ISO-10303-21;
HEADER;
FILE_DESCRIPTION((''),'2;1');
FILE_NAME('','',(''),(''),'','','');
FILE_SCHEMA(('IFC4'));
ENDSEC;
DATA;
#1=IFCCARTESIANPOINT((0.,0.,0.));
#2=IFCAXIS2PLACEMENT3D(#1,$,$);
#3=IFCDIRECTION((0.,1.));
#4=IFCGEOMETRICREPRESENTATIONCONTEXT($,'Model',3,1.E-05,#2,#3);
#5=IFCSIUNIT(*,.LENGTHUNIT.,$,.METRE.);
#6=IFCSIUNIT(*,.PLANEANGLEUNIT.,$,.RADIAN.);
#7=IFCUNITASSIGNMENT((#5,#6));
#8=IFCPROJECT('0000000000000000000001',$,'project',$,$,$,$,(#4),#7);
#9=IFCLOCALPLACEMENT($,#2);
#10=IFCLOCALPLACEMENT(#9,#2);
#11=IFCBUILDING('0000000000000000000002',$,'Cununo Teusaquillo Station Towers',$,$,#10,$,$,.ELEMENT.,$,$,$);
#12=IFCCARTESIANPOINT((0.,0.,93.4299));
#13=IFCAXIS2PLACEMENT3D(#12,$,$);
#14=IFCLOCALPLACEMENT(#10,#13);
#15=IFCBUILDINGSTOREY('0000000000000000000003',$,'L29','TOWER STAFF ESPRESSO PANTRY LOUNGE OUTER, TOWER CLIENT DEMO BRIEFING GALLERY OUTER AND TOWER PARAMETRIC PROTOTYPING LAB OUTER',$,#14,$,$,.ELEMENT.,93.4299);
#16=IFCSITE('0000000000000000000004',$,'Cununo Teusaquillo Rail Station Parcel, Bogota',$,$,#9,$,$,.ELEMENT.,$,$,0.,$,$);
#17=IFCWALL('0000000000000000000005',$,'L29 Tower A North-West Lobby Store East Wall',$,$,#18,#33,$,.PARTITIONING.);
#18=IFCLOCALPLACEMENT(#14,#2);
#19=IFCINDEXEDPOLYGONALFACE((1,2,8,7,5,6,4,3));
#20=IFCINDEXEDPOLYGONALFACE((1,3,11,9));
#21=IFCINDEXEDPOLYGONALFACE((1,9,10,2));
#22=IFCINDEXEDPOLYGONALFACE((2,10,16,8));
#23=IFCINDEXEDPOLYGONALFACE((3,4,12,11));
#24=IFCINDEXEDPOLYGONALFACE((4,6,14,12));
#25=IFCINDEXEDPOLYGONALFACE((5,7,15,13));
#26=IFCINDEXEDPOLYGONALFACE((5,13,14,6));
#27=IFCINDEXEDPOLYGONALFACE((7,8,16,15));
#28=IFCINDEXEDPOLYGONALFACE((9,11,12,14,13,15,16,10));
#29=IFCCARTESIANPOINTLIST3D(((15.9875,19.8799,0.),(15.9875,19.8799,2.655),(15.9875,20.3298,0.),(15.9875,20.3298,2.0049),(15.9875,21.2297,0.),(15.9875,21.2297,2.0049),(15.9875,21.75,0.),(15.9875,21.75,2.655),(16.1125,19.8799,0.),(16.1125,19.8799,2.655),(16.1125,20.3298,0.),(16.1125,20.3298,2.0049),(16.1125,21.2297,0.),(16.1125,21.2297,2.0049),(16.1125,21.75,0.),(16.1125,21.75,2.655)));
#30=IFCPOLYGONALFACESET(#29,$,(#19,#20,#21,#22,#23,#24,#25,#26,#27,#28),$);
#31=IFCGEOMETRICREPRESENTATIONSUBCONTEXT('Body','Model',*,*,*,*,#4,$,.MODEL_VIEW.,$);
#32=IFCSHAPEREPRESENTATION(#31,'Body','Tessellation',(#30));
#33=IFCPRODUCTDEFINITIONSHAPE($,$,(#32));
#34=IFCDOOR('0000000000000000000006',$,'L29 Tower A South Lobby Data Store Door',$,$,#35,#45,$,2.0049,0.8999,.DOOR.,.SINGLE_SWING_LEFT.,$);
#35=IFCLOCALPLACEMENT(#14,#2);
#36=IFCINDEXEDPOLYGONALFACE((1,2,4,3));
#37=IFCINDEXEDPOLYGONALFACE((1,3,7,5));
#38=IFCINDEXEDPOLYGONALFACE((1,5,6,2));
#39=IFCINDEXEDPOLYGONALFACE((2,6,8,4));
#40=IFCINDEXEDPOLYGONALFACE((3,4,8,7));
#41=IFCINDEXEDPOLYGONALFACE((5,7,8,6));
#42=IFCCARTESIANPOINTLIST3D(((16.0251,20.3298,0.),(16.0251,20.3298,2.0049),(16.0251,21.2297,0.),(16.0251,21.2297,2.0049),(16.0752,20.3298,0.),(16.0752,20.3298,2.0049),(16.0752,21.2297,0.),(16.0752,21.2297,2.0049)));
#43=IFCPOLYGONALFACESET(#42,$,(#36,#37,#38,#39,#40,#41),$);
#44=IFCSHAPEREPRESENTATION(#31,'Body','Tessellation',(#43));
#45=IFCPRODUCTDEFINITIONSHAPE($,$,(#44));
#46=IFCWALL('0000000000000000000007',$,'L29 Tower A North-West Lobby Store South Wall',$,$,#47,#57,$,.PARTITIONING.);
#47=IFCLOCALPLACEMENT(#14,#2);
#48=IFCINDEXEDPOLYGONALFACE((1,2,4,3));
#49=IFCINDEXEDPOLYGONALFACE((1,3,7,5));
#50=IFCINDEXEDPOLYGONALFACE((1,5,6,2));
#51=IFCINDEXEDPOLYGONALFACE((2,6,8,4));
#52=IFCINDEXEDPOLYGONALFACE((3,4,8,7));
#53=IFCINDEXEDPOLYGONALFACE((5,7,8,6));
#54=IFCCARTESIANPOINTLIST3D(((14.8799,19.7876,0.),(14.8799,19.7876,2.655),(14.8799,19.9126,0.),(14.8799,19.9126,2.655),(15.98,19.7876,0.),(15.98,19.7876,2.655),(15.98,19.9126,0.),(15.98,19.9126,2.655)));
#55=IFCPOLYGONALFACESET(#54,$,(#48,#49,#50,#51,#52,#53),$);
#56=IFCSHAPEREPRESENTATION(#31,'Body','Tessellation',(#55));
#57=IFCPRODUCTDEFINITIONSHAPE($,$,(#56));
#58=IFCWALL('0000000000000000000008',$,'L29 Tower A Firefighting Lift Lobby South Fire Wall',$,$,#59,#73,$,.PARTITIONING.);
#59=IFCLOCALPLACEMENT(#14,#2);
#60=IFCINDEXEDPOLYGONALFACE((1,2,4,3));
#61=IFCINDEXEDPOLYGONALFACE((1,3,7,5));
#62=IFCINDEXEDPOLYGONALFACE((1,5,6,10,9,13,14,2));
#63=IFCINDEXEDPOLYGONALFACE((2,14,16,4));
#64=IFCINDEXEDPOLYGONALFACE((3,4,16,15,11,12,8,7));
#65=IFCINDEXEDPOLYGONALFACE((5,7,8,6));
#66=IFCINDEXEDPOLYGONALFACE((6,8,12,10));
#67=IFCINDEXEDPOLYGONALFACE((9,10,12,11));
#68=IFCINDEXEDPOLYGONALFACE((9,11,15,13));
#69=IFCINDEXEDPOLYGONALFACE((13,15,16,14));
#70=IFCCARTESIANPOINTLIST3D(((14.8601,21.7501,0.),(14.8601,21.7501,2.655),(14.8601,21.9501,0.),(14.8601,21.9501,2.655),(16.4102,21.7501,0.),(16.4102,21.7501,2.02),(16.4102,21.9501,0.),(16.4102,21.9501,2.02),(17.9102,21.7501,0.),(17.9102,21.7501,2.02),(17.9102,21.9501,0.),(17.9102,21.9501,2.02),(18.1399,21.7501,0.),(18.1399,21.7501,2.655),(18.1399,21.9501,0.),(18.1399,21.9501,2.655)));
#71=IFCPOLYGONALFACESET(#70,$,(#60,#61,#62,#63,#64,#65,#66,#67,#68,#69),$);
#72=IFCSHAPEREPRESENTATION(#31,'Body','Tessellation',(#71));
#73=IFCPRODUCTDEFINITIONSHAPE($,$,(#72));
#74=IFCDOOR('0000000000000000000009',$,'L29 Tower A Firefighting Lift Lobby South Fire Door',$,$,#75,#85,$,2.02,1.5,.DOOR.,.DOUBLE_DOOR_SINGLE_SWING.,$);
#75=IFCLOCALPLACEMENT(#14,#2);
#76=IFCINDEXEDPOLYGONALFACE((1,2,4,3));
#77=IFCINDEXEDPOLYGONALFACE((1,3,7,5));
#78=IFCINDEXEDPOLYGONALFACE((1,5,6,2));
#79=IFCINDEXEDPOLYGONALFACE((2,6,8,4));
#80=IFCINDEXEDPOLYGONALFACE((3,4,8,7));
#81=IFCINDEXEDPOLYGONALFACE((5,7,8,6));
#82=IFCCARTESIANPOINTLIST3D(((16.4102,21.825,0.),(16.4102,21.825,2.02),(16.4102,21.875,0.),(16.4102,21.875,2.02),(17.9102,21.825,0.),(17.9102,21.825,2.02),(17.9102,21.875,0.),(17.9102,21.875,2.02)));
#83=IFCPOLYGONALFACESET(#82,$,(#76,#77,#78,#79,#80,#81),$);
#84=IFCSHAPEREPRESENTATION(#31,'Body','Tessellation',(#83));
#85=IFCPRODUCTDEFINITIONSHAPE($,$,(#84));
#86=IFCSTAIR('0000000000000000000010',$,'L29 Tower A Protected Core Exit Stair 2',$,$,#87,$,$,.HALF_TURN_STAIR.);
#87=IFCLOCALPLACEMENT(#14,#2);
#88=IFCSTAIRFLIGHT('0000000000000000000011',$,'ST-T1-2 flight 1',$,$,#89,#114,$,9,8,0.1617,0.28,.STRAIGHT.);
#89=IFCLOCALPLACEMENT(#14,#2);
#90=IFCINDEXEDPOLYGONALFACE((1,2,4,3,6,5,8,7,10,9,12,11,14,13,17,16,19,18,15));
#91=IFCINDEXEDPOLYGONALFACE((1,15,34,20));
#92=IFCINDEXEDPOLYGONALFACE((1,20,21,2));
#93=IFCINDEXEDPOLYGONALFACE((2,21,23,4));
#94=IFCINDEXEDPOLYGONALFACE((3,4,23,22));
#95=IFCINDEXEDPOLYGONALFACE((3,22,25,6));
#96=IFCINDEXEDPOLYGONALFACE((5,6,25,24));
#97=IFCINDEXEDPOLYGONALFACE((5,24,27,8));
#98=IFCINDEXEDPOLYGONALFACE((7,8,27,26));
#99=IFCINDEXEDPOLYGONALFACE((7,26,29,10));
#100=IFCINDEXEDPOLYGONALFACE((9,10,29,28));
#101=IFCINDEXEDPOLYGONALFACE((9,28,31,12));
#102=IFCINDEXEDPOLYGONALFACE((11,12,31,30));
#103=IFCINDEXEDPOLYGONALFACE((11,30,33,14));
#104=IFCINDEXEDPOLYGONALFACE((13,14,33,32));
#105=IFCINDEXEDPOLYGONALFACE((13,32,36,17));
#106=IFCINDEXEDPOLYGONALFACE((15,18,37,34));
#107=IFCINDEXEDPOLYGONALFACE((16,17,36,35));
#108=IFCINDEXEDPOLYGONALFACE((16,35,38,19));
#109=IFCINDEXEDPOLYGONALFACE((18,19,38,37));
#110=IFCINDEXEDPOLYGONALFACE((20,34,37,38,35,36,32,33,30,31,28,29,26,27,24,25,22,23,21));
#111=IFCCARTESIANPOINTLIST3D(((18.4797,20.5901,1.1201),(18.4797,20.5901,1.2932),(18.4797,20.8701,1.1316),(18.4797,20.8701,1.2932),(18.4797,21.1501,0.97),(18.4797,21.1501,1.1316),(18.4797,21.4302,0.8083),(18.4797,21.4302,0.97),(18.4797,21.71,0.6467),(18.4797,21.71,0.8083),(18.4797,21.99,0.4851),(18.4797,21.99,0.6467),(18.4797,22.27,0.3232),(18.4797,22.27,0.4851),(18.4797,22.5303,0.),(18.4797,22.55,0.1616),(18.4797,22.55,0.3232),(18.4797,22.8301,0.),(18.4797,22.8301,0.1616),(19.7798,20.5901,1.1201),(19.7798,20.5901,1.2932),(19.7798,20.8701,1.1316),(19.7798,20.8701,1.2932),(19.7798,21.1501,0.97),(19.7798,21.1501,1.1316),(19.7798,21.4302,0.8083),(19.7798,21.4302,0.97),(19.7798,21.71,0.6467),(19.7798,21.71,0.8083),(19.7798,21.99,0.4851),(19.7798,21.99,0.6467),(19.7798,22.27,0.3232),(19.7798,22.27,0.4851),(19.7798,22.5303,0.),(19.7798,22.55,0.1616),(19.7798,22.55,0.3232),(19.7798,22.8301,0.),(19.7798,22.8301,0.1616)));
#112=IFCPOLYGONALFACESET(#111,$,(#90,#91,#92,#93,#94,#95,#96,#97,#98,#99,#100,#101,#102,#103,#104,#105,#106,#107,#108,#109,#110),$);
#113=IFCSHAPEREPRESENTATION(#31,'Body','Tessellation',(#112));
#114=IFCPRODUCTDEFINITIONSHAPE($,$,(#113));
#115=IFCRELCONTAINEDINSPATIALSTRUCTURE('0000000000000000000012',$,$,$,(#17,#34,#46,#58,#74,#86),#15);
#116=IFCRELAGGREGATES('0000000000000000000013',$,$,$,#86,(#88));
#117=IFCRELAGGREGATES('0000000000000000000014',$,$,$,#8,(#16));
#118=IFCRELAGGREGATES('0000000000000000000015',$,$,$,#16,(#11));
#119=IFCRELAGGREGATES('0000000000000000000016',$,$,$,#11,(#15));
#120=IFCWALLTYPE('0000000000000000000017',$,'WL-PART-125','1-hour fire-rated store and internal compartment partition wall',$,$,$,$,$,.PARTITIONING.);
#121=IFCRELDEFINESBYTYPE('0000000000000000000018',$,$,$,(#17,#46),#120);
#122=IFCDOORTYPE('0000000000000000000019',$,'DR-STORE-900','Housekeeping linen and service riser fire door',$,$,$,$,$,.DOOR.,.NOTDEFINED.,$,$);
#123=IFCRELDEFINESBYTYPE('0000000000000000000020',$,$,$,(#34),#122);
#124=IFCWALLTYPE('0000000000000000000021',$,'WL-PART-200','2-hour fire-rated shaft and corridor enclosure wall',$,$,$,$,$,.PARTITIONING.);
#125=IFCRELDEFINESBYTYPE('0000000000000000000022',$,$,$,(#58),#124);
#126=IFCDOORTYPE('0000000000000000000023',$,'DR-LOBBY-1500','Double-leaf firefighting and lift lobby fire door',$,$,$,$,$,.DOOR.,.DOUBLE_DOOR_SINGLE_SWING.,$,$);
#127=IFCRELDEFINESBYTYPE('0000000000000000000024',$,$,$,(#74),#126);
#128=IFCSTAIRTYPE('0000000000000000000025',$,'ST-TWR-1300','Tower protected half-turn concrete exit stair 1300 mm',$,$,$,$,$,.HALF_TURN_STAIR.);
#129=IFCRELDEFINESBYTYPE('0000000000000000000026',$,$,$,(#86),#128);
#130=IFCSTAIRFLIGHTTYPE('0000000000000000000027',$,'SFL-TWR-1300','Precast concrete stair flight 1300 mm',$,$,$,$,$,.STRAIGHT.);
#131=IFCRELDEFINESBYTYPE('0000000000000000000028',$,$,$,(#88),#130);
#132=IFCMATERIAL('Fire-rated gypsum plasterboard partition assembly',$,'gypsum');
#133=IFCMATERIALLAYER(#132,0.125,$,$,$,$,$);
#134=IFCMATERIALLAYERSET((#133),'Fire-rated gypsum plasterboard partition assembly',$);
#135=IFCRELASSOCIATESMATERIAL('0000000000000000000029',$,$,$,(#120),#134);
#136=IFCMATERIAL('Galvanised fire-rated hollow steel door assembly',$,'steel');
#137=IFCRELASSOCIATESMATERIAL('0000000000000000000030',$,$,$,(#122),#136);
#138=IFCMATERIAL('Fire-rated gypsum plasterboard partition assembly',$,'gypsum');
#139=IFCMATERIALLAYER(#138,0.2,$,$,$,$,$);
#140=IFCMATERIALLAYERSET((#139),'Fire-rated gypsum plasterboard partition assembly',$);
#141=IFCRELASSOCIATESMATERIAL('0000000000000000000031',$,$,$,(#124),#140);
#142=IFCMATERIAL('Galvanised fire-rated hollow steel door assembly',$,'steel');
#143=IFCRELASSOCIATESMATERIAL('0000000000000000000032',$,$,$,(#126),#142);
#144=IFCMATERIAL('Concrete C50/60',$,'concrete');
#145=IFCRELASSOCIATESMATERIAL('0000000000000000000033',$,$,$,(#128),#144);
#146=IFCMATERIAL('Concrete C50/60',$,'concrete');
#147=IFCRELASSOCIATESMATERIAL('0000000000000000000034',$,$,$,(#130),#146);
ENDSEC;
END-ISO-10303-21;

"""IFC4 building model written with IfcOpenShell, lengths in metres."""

from ifc_helpers import new_model, si_unit, direction, frame, frame_2d, origin, place, context, subcontext, project, spatial, polyline, rectangle, outline, extrude, source, transform, mapped, material, layer, layer_set, type_object, element, fill, aggregate, save


model = new_model("IFC4")

# Units and contexts
model_context = context("Model", 3, precision=1e-05, world=origin(), true_north=direction((0.0, 1.0)))
body_context = subcontext(model_context, "Body", "Model", "MODEL_VIEW")
ifc_project = project(units=[si_unit("LENGTHUNIT", "METRE"), si_unit("PLANEANGLEUNIT", "RADIAN")], contexts=[model_context])

# Site, building, storey
site_placement = place(None, origin())
site = spatial("IfcSite", under=ifc_project, at=site_placement, Name="Cununo Teusaquillo Rail Station Parcel, Bogota", CompositionType="ELEMENT", RefElevation=0.0)
building_placement = place(site_placement, origin())
building = spatial("IfcBuilding", under=site, at=building_placement, Name="Cununo Teusaquillo Station Towers", CompositionType="ELEMENT")
storey_placement = place(building_placement, frame((0.0, 0.0, 93.4299)))
storey = spatial("IfcBuildingStorey", under=building, at=storey_placement, Name="L29", Description="TOWER STAFF ESPRESSO PANTRY LOUNGE OUTER, TOWER CLIENT DEMO BRIEFING GALLERY OUTER AND TOWER PARAMETRIC PROTOTYPING LAB OUTER", CompositionType="ELEMENT", Elevation=93.4299)

# Wall, opening, door
ifc_material_1 = material(Name="Fire-rated gypsum plasterboard partition assembly", Category="gypsum")
ifc_layer_1 = layer(ifc_material_1, 0.125)
ifc_layer_set_1 = layer_set([ifc_layer_1], Name="Fire-rated gypsum plasterboard partition assembly")
wall_type_1 = type_object("IfcWallType", Name="WL-PART-125", Description="1-hour fire-rated store and internal compartment partition wall", PredefinedType="PARTITIONING", material=ifc_layer_set_1)
wall_1_placement = place(storey_placement, frame((16.05, 19.8799, 0.0), z_axis=(0.0, 0.0, 1.0), x_axis=(0.0, 1.0, 0.0)))
wall_1 = element("IfcWall", 1, at=wall_1_placement, inside=storey, type_object=wall_type_1, Name="L29 Tower A North-West Lobby Store East Wall", PredefinedType="PARTITIONING", context=body_context, shape_type="SweptSolid", body=[
    extrude(rectangle(XDim=1.8701, YDim=0.125, at=frame_2d((0.9351, 0.0))), origin(), (0.0, 0.0, 1.0), 2.655),
])
shared_shape_1 = source(origin(), body_context, "Body", "SweptSolid", [
    extrude(rectangle(XDim=0.8999, YDim=2.0049, at=frame_2d((0.45, 1.0024))), frame((0.0, 0.0725, 0.0), z_axis=(0.0, -1.0, 0.0), x_axis=(1.0, 0.0, 0.0)), (0.0, 0.0, 1.0), 0.145),
])
opening_1_placement = place(wall_1_placement, frame((0.45, 0.0, 0.0)))
opening_1 = element("IfcOpeningElement", 2, at=opening_1_placement, cuts=wall_1, PredefinedType="OPENING", context=body_context, shape_type="MappedRepresentation", body=[
    mapped(shared_shape_1, transform((0.0, 0.0, 0.0), x_axis=(1.0, 0.0, 0.0), y_axis=(0.0, 1.0, 0.0), z_axis=(0.0, 0.0, 1.0), scale=1.0)),
])
ifc_material_2 = material(Name="Galvanised fire-rated hollow steel door assembly", Category="steel")
door_type_1 = type_object("IfcDoorType", Name="DR-STORE-900", Description="Housekeeping linen and service riser fire door", OperationType="NOTDEFINED", PredefinedType="DOOR", material=ifc_material_2)
shared_shape_2 = source(origin(), body_context, "Body", "SweptSolid", [
    extrude(rectangle(XDim=0.8999, YDim=2.0049, at=frame_2d((0.45, 1.0024))), frame((0.0, 0.0249, 0.0), z_axis=(0.0, -1.0, 0.0), x_axis=(1.0, 0.0, 0.0)), (0.0, 0.0, 1.0), 0.05),
])
door_1_placement = place(opening_1_placement, origin())
door_1 = element("IfcDoor", 3, at=door_1_placement, inside=storey, type_object=door_type_1, Name="L29 Tower A South Lobby Data Store Door", OperationType="SINGLE_SWING_LEFT", OverallHeight=2.0049, OverallWidth=0.8999, PredefinedType="DOOR", context=body_context, shape_type="MappedRepresentation", body=[
    mapped(shared_shape_2, transform((0.0, 0.0, 0.0), x_axis=(1.0, 0.0, 0.0), y_axis=(0.0, 1.0, 0.0), z_axis=(0.0, 0.0, 1.0), scale=1.0)),
])
fill(opening_1, door_1)

# Wall
wall_2_placement = place(storey_placement, frame((14.8799, 19.8501, 0.0), z_axis=(0.0, 0.0, 1.0), x_axis=(1.0, 0.0, 0.0)))
element("IfcWall", 4, at=wall_2_placement, inside=storey, type_object=wall_type_1, Name="L29 Tower A North-West Lobby Store South Wall", PredefinedType="PARTITIONING", context=body_context, shape_type="SweptSolid", body=[
    extrude(rectangle(XDim=1.1001, YDim=0.125, at=frame_2d((0.55, 0.0))), origin(), (0.0, 0.0, 1.0), 2.655),
])

# Wall, opening, door
ifc_material_3 = material(Name="Fire-rated gypsum plasterboard partition assembly", Category="gypsum")
ifc_layer_2 = layer(ifc_material_3, 0.2)
ifc_layer_set_2 = layer_set([ifc_layer_2], Name="Fire-rated gypsum plasterboard partition assembly")
wall_type_2 = type_object("IfcWallType", Name="WL-PART-200", Description="2-hour fire-rated shaft and corridor enclosure wall", PredefinedType="PARTITIONING", material=ifc_layer_set_2)
wall_3_placement = place(storey_placement, frame((14.8601, 21.8501, 0.0), z_axis=(0.0, 0.0, 1.0), x_axis=(1.0, 0.0, 0.0)))
wall_3 = element("IfcWall", 5, at=wall_3_placement, inside=storey, type_object=wall_type_2, Name="L29 Tower A Firefighting Lift Lobby South Fire Wall", PredefinedType="PARTITIONING", context=body_context, shape_type="SweptSolid", body=[
    extrude(rectangle(XDim=3.2798, YDim=0.2, at=frame_2d((1.6399, 0.0))), origin(), (0.0, 0.0, 1.0), 2.655),
])
shared_shape_3 = source(origin(), body_context, "Body", "SweptSolid", [
    extrude(rectangle(XDim=1.5, YDim=2.02, at=frame_2d((0.75, 1.01))), frame((0.0, 0.1099, 0.0), z_axis=(0.0, -1.0, 0.0), x_axis=(1.0, 0.0, 0.0)), (0.0, 0.0, 1.0), 0.22),
])
opening_2_placement = place(wall_3_placement, frame((1.55, 0.0, 0.0)))
opening_2 = element("IfcOpeningElement", 6, at=opening_2_placement, cuts=wall_3, PredefinedType="OPENING", context=body_context, shape_type="MappedRepresentation", body=[
    mapped(shared_shape_3, transform((0.0, 0.0, 0.0), x_axis=(1.0, 0.0, 0.0), y_axis=(0.0, 1.0, 0.0), z_axis=(0.0, 0.0, 1.0), scale=1.0)),
])
ifc_material_4 = material(Name="Galvanised fire-rated hollow steel door assembly", Category="steel")
door_type_2 = type_object("IfcDoorType", Name="DR-LOBBY-1500", Description="Double-leaf firefighting and lift lobby fire door", OperationType="DOUBLE_DOOR_SINGLE_SWING", PredefinedType="DOOR", material=ifc_material_4)
shared_shape_4 = source(origin(), body_context, "Body", "SweptSolid", [
    extrude(rectangle(XDim=1.5, YDim=2.02, at=frame_2d((0.75, 1.01))), frame((0.0, 0.0249, 0.0), z_axis=(0.0, -1.0, 0.0), x_axis=(1.0, 0.0, 0.0)), (0.0, 0.0, 1.0), 0.05),
])
door_2_placement = place(opening_2_placement, origin())
door_2 = element("IfcDoor", 7, at=door_2_placement, inside=storey, type_object=door_type_2, Name="L29 Tower A Firefighting Lift Lobby South Fire Door", OperationType="DOUBLE_DOOR_SINGLE_SWING", OverallHeight=2.02, OverallWidth=1.5, PredefinedType="DOOR", context=body_context, shape_type="MappedRepresentation", body=[
    mapped(shared_shape_4, transform((0.0, 0.0, 0.0), x_axis=(1.0, 0.0, 0.0), y_axis=(0.0, 1.0, 0.0), z_axis=(0.0, 0.0, 1.0), scale=1.0)),
])
fill(opening_2, door_2)

# Stair, stair flight
ifc_material_5 = material(Name="Concrete C50/60", Category="concrete")
stair_type = type_object("IfcStairType", Name="ST-TWR-1300", Description="Tower protected half-turn concrete exit stair 1300 mm", PredefinedType="HALF_TURN_STAIR", material=ifc_material_5)
stair_placement = place(storey_placement, origin())
stair = element("IfcStair", 8, at=stair_placement, inside=storey, type_object=stair_type, Name="L29 Tower A Protected Core Exit Stair 2", PredefinedType="HALF_TURN_STAIR")
ifc_material_6 = material(Name="Concrete C50/60", Category="concrete")
stair_flight_type = type_object("IfcStairFlightType", Name="SFL-TWR-1300", Description="Precast concrete stair flight 1300 mm", PredefinedType="STRAIGHT", material=ifc_material_6)
stair_flight_placement = place(storey_placement, frame((19.1299, 22.8301, 0.0), z_axis=(0.0, 0.0, 1.0), x_axis=(0.0, -1.0, 0.0)))
stair_flight = element("IfcStairFlight", 9, at=stair_flight_placement, type_object=stair_flight_type, Name="ST-T1-2 flight 1", NumberOfRisers=9, NumberOfTreads=8, PredefinedType="STRAIGHT", RiserHeight=0.1617, TreadLength=0.28, context=body_context, shape_type="SweptSolid", body=[
    extrude(outline(polyline([(0.0, 0.0), (0.0, 0.1616), (0.28, 0.1616), (0.28, 0.3232), (0.5601, 0.3232), (0.5601, 0.4851), (0.8401, 0.4851), (0.8401, 0.6467), (1.1201, 0.6467), (1.1201, 0.8083), (1.3999, 0.8083), (1.3999, 0.97), (1.6799, 0.97), (1.6799, 1.1316), (1.96, 1.1316), (1.96, 1.2932), (2.24, 1.2932), (2.24, 1.4551), (2.24, 1.1201), (0.2998, 0.0), (0.0, 0.0)])), frame((0.0, 0.6499, 0.0), z_axis=(0.0, -1.0, 0.0), x_axis=(1.0, 0.0, 0.0)), (0.0, 0.0, 1.0), 1.3),
])
aggregate(stair, [stair_flight])

save(model, "model.ifc")
